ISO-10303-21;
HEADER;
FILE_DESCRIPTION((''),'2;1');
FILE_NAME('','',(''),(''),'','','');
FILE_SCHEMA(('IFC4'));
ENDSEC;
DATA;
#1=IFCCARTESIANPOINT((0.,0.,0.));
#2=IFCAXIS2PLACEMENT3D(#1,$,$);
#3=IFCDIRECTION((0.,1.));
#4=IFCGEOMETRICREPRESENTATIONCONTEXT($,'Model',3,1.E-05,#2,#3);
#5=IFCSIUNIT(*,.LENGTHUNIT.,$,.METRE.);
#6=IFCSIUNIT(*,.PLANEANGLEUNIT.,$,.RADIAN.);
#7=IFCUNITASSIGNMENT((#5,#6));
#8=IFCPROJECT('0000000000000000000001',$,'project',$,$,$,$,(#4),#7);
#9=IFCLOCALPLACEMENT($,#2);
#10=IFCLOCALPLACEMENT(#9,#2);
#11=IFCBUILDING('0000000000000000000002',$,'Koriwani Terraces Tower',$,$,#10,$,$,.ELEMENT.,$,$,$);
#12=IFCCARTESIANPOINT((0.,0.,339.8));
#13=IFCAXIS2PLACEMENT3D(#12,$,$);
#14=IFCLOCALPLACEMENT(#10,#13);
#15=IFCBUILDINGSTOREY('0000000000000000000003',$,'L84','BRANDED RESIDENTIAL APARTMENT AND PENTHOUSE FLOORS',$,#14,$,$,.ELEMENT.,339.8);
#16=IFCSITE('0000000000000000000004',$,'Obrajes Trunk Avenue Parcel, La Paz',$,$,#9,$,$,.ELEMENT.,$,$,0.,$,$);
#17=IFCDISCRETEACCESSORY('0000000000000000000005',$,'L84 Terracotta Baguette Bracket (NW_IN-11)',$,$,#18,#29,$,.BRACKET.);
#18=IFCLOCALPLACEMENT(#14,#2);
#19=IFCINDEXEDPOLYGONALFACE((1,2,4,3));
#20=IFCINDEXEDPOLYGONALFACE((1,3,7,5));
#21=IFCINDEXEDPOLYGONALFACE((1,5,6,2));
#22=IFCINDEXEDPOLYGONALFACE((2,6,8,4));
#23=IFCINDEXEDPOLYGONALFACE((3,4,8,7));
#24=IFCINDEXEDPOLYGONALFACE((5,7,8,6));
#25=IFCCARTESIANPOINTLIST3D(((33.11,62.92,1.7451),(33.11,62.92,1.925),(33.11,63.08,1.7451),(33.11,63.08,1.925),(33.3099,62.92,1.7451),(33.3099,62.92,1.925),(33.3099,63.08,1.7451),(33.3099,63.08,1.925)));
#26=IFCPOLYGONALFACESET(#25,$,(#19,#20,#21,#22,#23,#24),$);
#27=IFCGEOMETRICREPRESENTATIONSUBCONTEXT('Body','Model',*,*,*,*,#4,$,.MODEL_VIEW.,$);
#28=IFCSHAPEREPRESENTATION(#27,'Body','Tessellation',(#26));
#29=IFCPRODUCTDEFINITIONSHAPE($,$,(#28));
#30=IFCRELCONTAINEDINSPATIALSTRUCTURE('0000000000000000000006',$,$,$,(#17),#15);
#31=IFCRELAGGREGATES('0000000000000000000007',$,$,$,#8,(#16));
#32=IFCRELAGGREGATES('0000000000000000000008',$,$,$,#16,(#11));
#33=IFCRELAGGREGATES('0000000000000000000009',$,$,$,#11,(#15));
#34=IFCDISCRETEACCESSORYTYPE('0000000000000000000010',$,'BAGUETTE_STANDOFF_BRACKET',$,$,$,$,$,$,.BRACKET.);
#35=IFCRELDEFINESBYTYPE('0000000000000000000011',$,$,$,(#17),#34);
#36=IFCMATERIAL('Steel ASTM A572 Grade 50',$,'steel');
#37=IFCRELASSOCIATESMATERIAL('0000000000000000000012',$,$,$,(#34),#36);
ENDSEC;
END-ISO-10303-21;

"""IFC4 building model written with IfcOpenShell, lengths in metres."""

from ifc_helpers import new_model, si_unit, direction, frame, origin, origin_2d, place, context, subcontext, project, spatial, rectangle, extrude, material, type_object, element, save


model = new_model("IFC4")

# Units and contexts
model_context = context("Model", 3, precision=1e-05, world=origin(), true_north=direction((0.0, 1.0)))
body_context = subcontext(model_context, "Body", "Model", "MODEL_VIEW")
ifc_project = project(units=[si_unit("LENGTHUNIT", "METRE"), si_unit("PLANEANGLEUNIT", "RADIAN")], contexts=[model_context])

# Site, building, storey
site_placement = place(None, origin())
site = spatial("IfcSite", under=ifc_project, at=site_placement, Name="Obrajes Trunk Avenue Parcel, La Paz", CompositionType="ELEMENT", RefElevation=0.0)
building_placement = place(site_placement, origin())
building = spatial("IfcBuilding", under=site, at=building_placement, Name="Koriwani Terraces Tower", CompositionType="ELEMENT")
storey_placement = place(building_placement, frame((0.0, 0.0, 339.8)))
storey = spatial("IfcBuildingStorey", under=building, at=storey_placement, Name="L84", Description="BRANDED RESIDENTIAL APARTMENT AND PENTHOUSE FLOORS", CompositionType="ELEMENT", Elevation=339.8)

# Shared definitions
ifc_material_1 = material(Name="Steel ASTM A572 Grade 50", Category="steel")

# Discrete accessory
discrete_accessory_type = type_object("IfcDiscreteAccessoryType", Name="BAGUETTE_STANDOFF_BRACKET", PredefinedType="BRACKET", material=ifc_material_1)
discrete_accessory_placement = place(storey_placement, frame((33.21, 63.0, 1.7451), z_axis=(0.0, 0.0, 1.0), x_axis=(0.0, -1.0, 0.0)))
element("IfcDiscreteAccessory", 1, at=discrete_accessory_placement, inside=storey, type_object=discrete_accessory_type, Name="L84 Terracotta Baguette Bracket (NW_IN-11)", PredefinedType="BRACKET", context=body_context, shape_type="SweptSolid", body=[
    extrude(rectangle(XDim=0.1599, YDim=0.2, at=origin_2d()), origin(), (0.0, 0.0, 1.0), 0.1799),
])

save(model, "model.ifc")
